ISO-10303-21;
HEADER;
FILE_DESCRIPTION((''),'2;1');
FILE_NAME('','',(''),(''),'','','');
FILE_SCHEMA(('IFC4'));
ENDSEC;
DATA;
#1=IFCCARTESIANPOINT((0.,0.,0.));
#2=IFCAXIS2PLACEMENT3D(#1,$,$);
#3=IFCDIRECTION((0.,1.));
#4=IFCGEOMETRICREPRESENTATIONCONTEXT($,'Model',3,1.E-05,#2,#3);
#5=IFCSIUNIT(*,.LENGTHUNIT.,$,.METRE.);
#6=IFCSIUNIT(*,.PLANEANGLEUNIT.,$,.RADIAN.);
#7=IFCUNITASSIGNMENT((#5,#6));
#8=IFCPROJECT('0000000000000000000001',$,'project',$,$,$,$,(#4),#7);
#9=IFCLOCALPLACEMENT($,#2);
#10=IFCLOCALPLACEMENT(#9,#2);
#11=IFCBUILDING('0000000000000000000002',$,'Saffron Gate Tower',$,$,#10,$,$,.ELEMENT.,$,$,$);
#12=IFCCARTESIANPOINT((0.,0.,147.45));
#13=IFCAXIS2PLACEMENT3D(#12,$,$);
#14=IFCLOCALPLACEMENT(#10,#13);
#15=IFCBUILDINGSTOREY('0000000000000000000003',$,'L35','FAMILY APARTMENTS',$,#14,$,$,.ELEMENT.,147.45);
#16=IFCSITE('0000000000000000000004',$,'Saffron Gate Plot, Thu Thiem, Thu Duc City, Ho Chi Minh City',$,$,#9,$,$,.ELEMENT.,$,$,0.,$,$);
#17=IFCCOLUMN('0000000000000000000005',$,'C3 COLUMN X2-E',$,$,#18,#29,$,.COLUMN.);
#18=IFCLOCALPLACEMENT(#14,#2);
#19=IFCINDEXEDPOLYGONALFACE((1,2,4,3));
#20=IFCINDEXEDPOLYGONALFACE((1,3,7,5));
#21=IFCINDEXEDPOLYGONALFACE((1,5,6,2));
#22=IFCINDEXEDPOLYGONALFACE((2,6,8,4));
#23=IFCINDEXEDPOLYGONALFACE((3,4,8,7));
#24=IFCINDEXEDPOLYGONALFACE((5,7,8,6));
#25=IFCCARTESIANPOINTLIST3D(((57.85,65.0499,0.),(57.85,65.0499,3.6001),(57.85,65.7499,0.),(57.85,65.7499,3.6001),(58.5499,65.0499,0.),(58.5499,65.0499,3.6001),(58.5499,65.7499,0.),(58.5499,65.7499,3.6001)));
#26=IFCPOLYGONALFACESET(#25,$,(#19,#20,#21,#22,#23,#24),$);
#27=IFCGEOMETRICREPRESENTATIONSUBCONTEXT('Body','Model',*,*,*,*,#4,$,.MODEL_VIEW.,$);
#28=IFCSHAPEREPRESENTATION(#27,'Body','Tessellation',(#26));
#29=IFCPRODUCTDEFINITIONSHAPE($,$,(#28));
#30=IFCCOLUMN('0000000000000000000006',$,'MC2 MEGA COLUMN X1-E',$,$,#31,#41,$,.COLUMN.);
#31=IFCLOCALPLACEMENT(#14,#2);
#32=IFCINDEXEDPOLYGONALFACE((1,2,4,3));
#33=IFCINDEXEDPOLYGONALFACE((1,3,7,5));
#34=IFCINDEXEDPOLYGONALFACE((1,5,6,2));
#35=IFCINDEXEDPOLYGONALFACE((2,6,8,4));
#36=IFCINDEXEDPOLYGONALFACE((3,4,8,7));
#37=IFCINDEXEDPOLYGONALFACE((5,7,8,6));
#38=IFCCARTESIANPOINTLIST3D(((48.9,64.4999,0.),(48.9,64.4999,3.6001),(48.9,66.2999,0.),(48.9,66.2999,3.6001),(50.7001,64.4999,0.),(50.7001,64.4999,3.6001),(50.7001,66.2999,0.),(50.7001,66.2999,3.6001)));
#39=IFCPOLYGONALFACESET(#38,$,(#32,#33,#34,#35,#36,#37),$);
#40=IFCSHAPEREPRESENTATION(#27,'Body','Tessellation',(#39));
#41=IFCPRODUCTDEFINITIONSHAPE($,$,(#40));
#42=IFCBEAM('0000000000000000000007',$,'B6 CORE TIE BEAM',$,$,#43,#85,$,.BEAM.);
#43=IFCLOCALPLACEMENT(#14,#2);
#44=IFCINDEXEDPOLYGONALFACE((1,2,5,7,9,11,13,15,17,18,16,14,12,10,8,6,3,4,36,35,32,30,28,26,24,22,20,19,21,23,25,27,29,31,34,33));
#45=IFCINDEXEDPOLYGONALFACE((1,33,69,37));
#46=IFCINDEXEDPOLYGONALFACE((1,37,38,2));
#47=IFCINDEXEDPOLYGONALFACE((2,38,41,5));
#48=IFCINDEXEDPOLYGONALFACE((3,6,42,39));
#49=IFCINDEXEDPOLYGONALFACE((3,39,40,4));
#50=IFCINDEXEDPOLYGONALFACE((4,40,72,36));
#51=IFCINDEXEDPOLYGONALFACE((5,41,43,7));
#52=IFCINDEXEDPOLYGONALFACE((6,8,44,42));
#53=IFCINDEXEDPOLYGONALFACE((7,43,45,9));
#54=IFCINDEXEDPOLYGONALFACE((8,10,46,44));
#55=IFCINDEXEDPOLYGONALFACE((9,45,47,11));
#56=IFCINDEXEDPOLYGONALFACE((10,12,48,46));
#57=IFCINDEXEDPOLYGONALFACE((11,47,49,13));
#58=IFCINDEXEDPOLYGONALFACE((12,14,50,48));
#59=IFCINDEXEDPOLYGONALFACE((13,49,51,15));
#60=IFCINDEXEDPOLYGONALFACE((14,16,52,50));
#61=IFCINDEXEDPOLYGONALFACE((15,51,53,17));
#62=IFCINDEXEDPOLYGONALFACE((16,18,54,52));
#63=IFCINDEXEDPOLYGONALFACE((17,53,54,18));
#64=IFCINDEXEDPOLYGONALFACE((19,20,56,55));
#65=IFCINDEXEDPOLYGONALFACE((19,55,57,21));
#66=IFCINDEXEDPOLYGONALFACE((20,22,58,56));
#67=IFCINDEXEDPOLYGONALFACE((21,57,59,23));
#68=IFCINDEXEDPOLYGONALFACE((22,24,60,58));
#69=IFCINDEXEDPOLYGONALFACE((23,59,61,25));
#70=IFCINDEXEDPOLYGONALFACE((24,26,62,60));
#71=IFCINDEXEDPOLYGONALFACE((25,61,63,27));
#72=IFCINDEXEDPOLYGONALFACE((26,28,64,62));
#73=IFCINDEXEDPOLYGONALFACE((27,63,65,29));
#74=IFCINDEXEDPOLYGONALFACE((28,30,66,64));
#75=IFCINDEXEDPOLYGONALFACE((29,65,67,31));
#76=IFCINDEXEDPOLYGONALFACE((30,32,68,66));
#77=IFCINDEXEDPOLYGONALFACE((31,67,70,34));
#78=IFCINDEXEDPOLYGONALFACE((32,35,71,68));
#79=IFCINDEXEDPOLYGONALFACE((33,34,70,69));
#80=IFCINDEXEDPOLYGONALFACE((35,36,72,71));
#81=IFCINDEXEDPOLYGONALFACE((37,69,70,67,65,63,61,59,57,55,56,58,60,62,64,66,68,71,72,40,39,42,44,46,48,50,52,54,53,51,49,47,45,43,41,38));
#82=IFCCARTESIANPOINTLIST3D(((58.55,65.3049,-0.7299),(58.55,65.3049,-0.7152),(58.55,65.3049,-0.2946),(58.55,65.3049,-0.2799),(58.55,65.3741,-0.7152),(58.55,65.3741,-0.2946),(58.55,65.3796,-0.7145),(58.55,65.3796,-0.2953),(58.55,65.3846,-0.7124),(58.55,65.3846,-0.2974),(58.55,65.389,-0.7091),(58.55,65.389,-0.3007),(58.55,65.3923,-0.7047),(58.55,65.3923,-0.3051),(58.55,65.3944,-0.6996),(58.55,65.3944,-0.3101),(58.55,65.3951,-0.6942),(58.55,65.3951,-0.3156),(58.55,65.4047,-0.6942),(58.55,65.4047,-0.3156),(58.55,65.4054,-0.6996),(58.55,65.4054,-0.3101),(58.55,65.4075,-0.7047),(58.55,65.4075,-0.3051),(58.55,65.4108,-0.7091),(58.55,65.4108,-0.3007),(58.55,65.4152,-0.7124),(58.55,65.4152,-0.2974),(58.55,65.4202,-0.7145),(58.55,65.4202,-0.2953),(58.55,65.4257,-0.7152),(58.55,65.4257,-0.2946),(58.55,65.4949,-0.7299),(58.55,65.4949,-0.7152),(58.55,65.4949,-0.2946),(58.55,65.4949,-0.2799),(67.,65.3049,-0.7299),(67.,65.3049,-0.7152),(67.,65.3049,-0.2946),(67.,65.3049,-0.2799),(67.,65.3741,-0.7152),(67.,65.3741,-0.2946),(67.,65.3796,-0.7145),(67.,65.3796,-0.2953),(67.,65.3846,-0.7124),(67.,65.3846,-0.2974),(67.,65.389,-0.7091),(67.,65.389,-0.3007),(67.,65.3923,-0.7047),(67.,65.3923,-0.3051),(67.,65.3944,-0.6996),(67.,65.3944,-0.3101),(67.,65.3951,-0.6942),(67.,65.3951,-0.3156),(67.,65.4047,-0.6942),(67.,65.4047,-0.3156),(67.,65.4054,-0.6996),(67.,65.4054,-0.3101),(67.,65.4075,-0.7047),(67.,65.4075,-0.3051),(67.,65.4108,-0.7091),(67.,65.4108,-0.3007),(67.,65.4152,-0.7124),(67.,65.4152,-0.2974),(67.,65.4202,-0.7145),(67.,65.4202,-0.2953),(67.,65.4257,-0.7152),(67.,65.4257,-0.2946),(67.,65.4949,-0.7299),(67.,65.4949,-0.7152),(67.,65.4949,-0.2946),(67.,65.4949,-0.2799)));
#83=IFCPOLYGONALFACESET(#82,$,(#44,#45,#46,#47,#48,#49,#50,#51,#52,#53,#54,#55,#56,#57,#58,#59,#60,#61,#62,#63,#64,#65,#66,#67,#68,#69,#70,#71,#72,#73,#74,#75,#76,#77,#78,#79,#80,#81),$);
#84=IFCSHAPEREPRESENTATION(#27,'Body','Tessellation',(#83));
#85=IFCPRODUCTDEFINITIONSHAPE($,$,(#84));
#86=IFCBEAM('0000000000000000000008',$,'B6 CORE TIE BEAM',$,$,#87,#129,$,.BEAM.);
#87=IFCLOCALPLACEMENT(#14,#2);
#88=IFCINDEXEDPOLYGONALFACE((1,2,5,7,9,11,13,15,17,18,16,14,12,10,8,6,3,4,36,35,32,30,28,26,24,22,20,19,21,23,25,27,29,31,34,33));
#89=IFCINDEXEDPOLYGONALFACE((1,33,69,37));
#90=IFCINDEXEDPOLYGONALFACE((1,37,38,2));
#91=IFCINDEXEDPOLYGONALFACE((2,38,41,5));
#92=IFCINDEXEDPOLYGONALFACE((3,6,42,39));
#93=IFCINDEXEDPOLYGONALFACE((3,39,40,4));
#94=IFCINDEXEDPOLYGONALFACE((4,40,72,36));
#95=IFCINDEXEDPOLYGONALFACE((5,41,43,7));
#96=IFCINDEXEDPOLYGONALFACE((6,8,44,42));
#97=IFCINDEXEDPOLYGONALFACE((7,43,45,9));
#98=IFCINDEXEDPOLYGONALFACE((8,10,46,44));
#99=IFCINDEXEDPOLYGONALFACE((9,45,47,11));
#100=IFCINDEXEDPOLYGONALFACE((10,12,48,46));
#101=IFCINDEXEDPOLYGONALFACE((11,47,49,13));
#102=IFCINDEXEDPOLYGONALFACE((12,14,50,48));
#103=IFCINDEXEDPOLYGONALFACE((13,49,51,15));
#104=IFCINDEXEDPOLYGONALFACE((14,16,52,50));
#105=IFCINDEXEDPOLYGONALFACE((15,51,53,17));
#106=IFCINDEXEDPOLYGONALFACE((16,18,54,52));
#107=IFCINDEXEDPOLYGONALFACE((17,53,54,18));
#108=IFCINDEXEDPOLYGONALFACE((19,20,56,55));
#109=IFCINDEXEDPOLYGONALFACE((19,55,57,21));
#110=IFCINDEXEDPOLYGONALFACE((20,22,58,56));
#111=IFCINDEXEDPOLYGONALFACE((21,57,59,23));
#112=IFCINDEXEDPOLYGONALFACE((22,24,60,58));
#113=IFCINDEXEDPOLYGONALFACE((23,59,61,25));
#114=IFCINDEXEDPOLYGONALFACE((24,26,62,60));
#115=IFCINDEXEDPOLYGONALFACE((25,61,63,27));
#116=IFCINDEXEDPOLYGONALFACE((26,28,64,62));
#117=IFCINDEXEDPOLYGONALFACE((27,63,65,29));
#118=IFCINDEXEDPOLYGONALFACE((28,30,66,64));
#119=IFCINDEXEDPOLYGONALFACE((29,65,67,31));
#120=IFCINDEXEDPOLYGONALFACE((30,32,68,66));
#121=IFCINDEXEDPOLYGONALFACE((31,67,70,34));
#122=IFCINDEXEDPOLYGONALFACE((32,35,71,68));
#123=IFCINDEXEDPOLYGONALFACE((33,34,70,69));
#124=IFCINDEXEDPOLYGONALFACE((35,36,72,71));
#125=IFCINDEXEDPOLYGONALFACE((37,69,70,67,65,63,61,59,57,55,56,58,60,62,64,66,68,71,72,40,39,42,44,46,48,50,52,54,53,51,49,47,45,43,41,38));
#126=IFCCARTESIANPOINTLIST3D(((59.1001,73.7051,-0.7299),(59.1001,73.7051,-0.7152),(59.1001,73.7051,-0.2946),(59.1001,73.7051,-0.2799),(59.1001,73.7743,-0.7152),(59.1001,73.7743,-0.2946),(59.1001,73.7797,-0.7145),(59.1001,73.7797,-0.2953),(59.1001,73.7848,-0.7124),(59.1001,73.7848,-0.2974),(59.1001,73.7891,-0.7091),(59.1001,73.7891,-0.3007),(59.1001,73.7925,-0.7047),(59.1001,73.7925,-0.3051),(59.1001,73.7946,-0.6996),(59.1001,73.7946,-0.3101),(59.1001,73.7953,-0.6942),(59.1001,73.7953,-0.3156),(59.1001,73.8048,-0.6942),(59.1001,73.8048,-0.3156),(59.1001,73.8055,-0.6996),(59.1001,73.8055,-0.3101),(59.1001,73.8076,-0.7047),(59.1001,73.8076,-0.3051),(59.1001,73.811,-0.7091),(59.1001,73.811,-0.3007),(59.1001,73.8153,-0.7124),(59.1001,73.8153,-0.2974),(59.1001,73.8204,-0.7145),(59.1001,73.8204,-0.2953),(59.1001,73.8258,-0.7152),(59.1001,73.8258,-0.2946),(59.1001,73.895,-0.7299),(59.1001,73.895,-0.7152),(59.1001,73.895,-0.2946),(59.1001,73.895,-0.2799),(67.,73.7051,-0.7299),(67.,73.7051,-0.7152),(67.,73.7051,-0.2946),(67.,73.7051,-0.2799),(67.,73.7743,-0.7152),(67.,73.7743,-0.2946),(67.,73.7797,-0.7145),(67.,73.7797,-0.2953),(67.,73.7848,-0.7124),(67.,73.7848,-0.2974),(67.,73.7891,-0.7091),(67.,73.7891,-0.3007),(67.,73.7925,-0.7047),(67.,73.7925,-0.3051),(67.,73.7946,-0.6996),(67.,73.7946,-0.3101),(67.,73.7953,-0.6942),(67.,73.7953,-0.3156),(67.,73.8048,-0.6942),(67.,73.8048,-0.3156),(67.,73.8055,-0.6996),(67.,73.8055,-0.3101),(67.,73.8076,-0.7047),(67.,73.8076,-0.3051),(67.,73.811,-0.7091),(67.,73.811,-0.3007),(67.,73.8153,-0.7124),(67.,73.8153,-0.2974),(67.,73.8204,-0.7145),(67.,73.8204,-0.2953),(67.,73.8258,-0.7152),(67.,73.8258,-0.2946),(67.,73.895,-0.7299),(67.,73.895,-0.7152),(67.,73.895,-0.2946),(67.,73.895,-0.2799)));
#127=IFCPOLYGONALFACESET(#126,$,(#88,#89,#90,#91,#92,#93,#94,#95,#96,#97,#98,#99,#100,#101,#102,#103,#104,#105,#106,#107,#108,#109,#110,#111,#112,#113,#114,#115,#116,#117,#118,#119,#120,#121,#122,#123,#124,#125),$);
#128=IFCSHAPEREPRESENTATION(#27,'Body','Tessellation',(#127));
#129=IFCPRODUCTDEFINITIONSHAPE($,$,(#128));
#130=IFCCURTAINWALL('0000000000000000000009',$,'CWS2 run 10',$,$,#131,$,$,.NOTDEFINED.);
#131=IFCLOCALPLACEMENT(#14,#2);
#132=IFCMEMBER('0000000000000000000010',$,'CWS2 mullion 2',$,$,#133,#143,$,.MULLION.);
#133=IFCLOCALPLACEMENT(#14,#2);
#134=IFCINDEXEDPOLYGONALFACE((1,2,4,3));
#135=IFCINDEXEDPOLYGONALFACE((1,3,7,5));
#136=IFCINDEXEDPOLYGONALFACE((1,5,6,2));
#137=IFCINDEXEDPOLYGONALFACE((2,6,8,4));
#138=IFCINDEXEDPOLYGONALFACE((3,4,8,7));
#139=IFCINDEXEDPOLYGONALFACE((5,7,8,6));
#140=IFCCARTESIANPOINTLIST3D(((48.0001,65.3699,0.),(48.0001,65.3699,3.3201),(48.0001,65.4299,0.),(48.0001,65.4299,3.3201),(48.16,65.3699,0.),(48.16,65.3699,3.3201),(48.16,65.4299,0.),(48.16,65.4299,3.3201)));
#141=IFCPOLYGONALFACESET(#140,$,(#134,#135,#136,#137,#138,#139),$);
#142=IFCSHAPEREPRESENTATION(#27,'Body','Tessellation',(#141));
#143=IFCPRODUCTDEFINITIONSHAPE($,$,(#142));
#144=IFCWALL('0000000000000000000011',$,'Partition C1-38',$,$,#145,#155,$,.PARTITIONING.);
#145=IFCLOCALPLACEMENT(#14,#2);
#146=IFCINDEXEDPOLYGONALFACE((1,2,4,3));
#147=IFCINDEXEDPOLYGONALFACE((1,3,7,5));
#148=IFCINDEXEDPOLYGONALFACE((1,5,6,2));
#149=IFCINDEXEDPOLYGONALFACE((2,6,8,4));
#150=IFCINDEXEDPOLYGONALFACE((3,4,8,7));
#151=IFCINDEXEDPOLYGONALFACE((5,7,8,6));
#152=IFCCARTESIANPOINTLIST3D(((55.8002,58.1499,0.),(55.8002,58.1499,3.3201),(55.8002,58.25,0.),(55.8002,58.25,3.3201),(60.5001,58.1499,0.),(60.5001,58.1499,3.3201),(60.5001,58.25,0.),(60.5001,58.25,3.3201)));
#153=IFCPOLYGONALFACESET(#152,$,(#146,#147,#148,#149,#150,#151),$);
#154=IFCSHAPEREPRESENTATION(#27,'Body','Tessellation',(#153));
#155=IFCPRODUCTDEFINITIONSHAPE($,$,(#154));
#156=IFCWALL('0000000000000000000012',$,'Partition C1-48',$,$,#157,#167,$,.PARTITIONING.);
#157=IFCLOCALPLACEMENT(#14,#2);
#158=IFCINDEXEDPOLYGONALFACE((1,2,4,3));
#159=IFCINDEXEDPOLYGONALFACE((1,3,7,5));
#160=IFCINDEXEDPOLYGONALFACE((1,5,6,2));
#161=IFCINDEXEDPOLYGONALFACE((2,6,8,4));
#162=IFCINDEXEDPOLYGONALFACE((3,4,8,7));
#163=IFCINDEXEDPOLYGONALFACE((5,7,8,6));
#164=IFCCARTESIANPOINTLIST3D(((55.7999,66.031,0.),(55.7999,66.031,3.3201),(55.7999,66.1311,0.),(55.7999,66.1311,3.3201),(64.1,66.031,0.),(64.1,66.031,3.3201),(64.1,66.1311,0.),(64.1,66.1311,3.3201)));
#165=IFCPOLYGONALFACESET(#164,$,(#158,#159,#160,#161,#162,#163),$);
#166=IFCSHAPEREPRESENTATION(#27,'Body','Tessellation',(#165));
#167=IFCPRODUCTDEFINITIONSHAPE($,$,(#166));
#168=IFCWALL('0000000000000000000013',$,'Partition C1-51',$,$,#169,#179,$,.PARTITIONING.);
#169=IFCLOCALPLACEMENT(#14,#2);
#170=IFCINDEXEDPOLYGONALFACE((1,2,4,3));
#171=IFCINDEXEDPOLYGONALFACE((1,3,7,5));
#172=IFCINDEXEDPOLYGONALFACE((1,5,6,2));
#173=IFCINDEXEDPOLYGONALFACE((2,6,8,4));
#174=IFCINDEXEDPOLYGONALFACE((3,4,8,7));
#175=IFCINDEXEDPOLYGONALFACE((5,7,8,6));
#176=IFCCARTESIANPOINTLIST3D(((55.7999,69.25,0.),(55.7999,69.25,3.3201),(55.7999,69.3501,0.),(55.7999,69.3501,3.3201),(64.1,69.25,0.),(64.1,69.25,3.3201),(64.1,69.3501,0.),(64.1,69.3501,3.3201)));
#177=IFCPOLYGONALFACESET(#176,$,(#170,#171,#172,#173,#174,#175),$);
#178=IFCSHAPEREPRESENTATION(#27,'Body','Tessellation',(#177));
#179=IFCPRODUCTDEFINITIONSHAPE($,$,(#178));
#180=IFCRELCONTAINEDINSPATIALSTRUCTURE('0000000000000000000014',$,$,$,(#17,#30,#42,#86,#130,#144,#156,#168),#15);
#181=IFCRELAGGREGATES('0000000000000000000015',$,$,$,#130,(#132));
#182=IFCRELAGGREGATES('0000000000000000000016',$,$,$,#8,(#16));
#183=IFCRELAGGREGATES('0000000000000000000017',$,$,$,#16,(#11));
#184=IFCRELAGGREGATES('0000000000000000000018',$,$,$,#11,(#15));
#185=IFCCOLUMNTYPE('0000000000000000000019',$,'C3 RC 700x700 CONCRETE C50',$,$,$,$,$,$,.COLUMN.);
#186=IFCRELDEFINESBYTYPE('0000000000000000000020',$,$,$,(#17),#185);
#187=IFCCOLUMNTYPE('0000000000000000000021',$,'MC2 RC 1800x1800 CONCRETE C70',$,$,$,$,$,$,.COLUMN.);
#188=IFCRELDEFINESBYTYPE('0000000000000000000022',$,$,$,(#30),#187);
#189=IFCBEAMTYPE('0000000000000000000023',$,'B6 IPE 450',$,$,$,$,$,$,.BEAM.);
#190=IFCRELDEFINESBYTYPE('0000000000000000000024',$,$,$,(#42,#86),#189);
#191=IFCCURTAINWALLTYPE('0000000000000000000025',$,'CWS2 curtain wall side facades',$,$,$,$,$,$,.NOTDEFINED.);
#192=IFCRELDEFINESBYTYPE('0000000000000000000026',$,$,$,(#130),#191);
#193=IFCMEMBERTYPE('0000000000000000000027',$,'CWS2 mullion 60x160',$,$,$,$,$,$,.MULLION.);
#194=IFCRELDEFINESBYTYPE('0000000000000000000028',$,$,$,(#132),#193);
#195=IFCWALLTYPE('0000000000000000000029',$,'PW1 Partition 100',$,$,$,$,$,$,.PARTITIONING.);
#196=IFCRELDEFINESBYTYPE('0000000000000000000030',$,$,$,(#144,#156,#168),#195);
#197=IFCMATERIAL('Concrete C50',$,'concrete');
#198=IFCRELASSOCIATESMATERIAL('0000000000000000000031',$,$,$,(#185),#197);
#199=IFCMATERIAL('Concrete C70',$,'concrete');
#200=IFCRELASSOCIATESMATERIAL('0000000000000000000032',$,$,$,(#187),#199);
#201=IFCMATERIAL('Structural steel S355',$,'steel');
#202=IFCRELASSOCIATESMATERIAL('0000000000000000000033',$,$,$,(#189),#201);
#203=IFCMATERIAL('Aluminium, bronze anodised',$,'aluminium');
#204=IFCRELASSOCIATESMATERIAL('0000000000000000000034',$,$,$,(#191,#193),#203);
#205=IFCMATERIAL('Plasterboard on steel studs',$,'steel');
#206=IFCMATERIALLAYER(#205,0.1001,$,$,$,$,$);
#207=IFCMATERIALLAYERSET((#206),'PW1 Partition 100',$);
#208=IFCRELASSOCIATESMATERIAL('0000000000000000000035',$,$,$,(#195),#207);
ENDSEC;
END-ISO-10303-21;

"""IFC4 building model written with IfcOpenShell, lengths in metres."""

from ifc_helpers import new_model, si_unit, direction, frame, frame_2d, origin, origin_2d, place, context, subcontext, project, spatial, rectangle, i_section, extrude, material, layer, layer_set, material_profile, profile_set, type_object, element, aggregate, save


model = new_model("IFC4")

# Units and contexts
model_context = context("Model", 3, precision=1e-05, world=origin(), true_north=direction((0.0, 1.0)))
body_context = subcontext(model_context, "Body", "Model", "MODEL_VIEW")
ifc_project = project(units=[si_unit("LENGTHUNIT", "METRE"), si_unit("PLANEANGLEUNIT", "RADIAN")], contexts=[model_context])

# Site, building, storey
site_placement = place(None, origin())
site = spatial("IfcSite", under=ifc_project, at=site_placement, Name="Saffron Gate Plot, Thu Thiem, Thu Duc City, Ho Chi Minh City", CompositionType="ELEMENT", RefElevation=0.0)
building_placement = place(site_placement, origin())
building = spatial("IfcBuilding", under=site, at=building_placement, Name="Saffron Gate Tower", CompositionType="ELEMENT")
storey_placement = place(building_placement, frame((0.0, 0.0, 147.45)))
storey = spatial("IfcBuildingStorey", under=building, at=storey_placement, Name="L35", Description="FAMILY APARTMENTS", CompositionType="ELEMENT", Elevation=147.45)

# Columns
ifc_material_1 = material(Name="Concrete C50", Category="concrete")
ifc_material_profile_1 = material_profile(ifc_material_1, rectangle(XDim=0.7, YDim=0.7, at=origin_2d()))
ifc_profile_set_1 = profile_set([ifc_material_profile_1], Name="Concrete C50")
column_type_1 = type_object("IfcColumnType", Name="C3 RC 700x700 CONCRETE C50", PredefinedType="COLUMN", material=ifc_profile_set_1)
column_1_placement = place(storey_placement, frame((58.2, 65.3999, 0.0), z_axis=(0.0, 0.0, 1.0), x_axis=(1.0, 0.0, 0.0)))
element("IfcColumn", 1, at=column_1_placement, inside=storey, type_object=column_type_1, Name="C3 COLUMN X2-E", PredefinedType="COLUMN", context=body_context, shape_type="SweptSolid", body=[
    extrude(rectangle(XDim=0.7, YDim=0.7, at=origin_2d()), origin(), (0.0, 0.0, 1.0), 3.6001),
])
ifc_material_2 = material(Name="Concrete C70", Category="concrete")
ifc_material_profile_2 = material_profile(ifc_material_2, rectangle(XDim=1.8, YDim=1.8, at=origin_2d()))
ifc_profile_set_2 = profile_set([ifc_material_profile_2], Name="Concrete C70")
column_type_2 = type_object("IfcColumnType", Name="MC2 RC 1800x1800 CONCRETE C70", PredefinedType="COLUMN", material=ifc_profile_set_2)
column_2_placement = place(storey_placement, frame((49.8, 65.3999, 0.0), z_axis=(0.0, 0.0, 1.0), x_axis=(1.0, 0.0, 0.0)))
element("IfcColumn", 2, at=column_2_placement, inside=storey, type_object=column_type_2, Name="MC2 MEGA COLUMN X1-E", PredefinedType="COLUMN", context=body_context, shape_type="SweptSolid", body=[
    extrude(rectangle(XDim=1.8, YDim=1.8, at=origin_2d()), origin(), (0.0, 0.0, 1.0), 3.6001),
])

# Beams
ifc_material_3 = material(Name="Structural steel S355", Category="steel")
ifc_material_profile_3 = material_profile(ifc_material_3, i_section(OverallWidth=0.1899, OverallDepth=0.45, WebThickness=0.0095, FlangeThickness=0.0146, FilletRadius=0.021, at=origin_2d()))
ifc_profile_set_3 = profile_set([ifc_material_profile_3], Name="Structural steel S355")
beam_type = type_object("IfcBeamType", Name="B6 IPE 450", PredefinedType="BEAM", material=ifc_profile_set_3)
beam_1_placement = place(storey_placement, frame((58.55, 65.3999, -0.5049), z_axis=(1.0, 0.0, 0.0), x_axis=(0.0, 1.0, 0.0)))
element("IfcBeam", 3, at=beam_1_placement, inside=storey, type_object=beam_type, Name="B6 CORE TIE BEAM", PredefinedType="BEAM", context=body_context, shape_type="SweptSolid", body=[
    extrude(i_section(OverallWidth=0.1899, OverallDepth=0.45, WebThickness=0.0095, FlangeThickness=0.0146, FilletRadius=0.021, at=origin_2d()), origin(), (0.0, 0.0, 1.0), 8.45),
])
beam_2_placement = place(storey_placement, frame((59.1001, 73.8, -0.5049), z_axis=(1.0, 0.0, 0.0), x_axis=(0.0, 1.0, 0.0)))
element("IfcBeam", 4, at=beam_2_placement, inside=storey, type_object=beam_type, Name="B6 CORE TIE BEAM", PredefinedType="BEAM", context=body_context, shape_type="SweptSolid", body=[
    extrude(i_section(OverallWidth=0.1899, OverallDepth=0.45, WebThickness=0.0095, FlangeThickness=0.0146, FilletRadius=0.021, at=origin_2d()), origin(), (0.0, 0.0, 1.0), 7.8999),
])

# Curtain wall, member
ifc_material_4 = material(Name="Aluminium, bronze anodised", Category="aluminium")
curtain_wall_type = type_object("IfcCurtainWallType", Name="CWS2 curtain wall side facades", PredefinedType="NOTDEFINED", material=ifc_material_4)
curtain_wall_placement = place(storey_placement, origin())
curtain_wall = element("IfcCurtainWall", 5, at=curtain_wall_placement, inside=storey, type_object=curtain_wall_type, Name="CWS2 run 10", PredefinedType="NOTDEFINED")
ifc_material_profile_4 = material_profile(ifc_material_4, rectangle(XDim=0.1599, YDim=0.0601, at=origin_2d()))
ifc_profile_set_4 = profile_set([ifc_material_profile_4], Name="Aluminium, bronze anodised")
member_type = type_object("IfcMemberType", Name="CWS2 mullion 60x160", PredefinedType="MULLION", material=ifc_profile_set_4)
member_placement = place(storey_placement, frame((48.0801, 65.3999, 0.0), z_axis=(0.0, 0.0, 1.0), x_axis=(1.0, 0.0, 0.0)))
member = element("IfcMember", 6, at=member_placement, type_object=member_type, Name="CWS2 mullion 2", PredefinedType="MULLION", context=body_context, shape_type="SweptSolid", body=[
    extrude(rectangle(XDim=0.1599, YDim=0.0601, at=origin_2d()), origin(), (0.0, 0.0, 1.0), 3.3201),
])
aggregate(curtain_wall, [member])

# Walls
ifc_material_5 = material(Name="Plasterboard on steel studs", Category="steel")
ifc_layer_1 = layer(ifc_material_5, 0.1001)
ifc_layer_set_1 = layer_set([ifc_layer_1], Name="PW1 Partition 100")
wall_type_1 = type_object("IfcWallType", Name="PW1 Partition 100", PredefinedType="PARTITIONING", material=ifc_layer_set_1)
wall_1_placement = place(storey_placement, frame((55.8, 58.2, 0.0), z_axis=(0.0, 0.0, 1.0), x_axis=(1.0, 0.0, 0.0)))
element("IfcWall", 7, at=wall_1_placement, inside=storey, type_object=wall_type_1, Name="Partition C1-38", PredefinedType="PARTITIONING", context=body_context, shape_type="SweptSolid", body=[
    extrude(rectangle(XDim=4.7, YDim=0.1001, at=frame_2d((2.3501, 0.0))), origin(), (0.0, 0.0, 1.0), 3.3201),
])
for number, where, z_axis, x_axis, name in (
    (8, (55.8, 66.0811, 0.0), (0.0, 0.0, 1.0), (1.0, 0.0, 0.0), "Partition C1-48"),
    (9, (55.8, 69.3, 0.0), (0.0, 0.0, 1.0), (1.0, 0.0, 0.0), "Partition C1-51"),
):
    element("IfcWall", number, at=place(storey_placement, frame(where, z_axis=z_axis, x_axis=x_axis)), inside=storey, type_object=wall_type_1, Name=name, PredefinedType="PARTITIONING", context=body_context, shape_type="SweptSolid", body=[
        extrude(rectangle(XDim=8.3, YDim=0.1001, at=frame_2d((4.1499, 0.0))), origin(), (0.0, 0.0, 1.0), 3.3201),
    ])

save(model, "model.ifc")
